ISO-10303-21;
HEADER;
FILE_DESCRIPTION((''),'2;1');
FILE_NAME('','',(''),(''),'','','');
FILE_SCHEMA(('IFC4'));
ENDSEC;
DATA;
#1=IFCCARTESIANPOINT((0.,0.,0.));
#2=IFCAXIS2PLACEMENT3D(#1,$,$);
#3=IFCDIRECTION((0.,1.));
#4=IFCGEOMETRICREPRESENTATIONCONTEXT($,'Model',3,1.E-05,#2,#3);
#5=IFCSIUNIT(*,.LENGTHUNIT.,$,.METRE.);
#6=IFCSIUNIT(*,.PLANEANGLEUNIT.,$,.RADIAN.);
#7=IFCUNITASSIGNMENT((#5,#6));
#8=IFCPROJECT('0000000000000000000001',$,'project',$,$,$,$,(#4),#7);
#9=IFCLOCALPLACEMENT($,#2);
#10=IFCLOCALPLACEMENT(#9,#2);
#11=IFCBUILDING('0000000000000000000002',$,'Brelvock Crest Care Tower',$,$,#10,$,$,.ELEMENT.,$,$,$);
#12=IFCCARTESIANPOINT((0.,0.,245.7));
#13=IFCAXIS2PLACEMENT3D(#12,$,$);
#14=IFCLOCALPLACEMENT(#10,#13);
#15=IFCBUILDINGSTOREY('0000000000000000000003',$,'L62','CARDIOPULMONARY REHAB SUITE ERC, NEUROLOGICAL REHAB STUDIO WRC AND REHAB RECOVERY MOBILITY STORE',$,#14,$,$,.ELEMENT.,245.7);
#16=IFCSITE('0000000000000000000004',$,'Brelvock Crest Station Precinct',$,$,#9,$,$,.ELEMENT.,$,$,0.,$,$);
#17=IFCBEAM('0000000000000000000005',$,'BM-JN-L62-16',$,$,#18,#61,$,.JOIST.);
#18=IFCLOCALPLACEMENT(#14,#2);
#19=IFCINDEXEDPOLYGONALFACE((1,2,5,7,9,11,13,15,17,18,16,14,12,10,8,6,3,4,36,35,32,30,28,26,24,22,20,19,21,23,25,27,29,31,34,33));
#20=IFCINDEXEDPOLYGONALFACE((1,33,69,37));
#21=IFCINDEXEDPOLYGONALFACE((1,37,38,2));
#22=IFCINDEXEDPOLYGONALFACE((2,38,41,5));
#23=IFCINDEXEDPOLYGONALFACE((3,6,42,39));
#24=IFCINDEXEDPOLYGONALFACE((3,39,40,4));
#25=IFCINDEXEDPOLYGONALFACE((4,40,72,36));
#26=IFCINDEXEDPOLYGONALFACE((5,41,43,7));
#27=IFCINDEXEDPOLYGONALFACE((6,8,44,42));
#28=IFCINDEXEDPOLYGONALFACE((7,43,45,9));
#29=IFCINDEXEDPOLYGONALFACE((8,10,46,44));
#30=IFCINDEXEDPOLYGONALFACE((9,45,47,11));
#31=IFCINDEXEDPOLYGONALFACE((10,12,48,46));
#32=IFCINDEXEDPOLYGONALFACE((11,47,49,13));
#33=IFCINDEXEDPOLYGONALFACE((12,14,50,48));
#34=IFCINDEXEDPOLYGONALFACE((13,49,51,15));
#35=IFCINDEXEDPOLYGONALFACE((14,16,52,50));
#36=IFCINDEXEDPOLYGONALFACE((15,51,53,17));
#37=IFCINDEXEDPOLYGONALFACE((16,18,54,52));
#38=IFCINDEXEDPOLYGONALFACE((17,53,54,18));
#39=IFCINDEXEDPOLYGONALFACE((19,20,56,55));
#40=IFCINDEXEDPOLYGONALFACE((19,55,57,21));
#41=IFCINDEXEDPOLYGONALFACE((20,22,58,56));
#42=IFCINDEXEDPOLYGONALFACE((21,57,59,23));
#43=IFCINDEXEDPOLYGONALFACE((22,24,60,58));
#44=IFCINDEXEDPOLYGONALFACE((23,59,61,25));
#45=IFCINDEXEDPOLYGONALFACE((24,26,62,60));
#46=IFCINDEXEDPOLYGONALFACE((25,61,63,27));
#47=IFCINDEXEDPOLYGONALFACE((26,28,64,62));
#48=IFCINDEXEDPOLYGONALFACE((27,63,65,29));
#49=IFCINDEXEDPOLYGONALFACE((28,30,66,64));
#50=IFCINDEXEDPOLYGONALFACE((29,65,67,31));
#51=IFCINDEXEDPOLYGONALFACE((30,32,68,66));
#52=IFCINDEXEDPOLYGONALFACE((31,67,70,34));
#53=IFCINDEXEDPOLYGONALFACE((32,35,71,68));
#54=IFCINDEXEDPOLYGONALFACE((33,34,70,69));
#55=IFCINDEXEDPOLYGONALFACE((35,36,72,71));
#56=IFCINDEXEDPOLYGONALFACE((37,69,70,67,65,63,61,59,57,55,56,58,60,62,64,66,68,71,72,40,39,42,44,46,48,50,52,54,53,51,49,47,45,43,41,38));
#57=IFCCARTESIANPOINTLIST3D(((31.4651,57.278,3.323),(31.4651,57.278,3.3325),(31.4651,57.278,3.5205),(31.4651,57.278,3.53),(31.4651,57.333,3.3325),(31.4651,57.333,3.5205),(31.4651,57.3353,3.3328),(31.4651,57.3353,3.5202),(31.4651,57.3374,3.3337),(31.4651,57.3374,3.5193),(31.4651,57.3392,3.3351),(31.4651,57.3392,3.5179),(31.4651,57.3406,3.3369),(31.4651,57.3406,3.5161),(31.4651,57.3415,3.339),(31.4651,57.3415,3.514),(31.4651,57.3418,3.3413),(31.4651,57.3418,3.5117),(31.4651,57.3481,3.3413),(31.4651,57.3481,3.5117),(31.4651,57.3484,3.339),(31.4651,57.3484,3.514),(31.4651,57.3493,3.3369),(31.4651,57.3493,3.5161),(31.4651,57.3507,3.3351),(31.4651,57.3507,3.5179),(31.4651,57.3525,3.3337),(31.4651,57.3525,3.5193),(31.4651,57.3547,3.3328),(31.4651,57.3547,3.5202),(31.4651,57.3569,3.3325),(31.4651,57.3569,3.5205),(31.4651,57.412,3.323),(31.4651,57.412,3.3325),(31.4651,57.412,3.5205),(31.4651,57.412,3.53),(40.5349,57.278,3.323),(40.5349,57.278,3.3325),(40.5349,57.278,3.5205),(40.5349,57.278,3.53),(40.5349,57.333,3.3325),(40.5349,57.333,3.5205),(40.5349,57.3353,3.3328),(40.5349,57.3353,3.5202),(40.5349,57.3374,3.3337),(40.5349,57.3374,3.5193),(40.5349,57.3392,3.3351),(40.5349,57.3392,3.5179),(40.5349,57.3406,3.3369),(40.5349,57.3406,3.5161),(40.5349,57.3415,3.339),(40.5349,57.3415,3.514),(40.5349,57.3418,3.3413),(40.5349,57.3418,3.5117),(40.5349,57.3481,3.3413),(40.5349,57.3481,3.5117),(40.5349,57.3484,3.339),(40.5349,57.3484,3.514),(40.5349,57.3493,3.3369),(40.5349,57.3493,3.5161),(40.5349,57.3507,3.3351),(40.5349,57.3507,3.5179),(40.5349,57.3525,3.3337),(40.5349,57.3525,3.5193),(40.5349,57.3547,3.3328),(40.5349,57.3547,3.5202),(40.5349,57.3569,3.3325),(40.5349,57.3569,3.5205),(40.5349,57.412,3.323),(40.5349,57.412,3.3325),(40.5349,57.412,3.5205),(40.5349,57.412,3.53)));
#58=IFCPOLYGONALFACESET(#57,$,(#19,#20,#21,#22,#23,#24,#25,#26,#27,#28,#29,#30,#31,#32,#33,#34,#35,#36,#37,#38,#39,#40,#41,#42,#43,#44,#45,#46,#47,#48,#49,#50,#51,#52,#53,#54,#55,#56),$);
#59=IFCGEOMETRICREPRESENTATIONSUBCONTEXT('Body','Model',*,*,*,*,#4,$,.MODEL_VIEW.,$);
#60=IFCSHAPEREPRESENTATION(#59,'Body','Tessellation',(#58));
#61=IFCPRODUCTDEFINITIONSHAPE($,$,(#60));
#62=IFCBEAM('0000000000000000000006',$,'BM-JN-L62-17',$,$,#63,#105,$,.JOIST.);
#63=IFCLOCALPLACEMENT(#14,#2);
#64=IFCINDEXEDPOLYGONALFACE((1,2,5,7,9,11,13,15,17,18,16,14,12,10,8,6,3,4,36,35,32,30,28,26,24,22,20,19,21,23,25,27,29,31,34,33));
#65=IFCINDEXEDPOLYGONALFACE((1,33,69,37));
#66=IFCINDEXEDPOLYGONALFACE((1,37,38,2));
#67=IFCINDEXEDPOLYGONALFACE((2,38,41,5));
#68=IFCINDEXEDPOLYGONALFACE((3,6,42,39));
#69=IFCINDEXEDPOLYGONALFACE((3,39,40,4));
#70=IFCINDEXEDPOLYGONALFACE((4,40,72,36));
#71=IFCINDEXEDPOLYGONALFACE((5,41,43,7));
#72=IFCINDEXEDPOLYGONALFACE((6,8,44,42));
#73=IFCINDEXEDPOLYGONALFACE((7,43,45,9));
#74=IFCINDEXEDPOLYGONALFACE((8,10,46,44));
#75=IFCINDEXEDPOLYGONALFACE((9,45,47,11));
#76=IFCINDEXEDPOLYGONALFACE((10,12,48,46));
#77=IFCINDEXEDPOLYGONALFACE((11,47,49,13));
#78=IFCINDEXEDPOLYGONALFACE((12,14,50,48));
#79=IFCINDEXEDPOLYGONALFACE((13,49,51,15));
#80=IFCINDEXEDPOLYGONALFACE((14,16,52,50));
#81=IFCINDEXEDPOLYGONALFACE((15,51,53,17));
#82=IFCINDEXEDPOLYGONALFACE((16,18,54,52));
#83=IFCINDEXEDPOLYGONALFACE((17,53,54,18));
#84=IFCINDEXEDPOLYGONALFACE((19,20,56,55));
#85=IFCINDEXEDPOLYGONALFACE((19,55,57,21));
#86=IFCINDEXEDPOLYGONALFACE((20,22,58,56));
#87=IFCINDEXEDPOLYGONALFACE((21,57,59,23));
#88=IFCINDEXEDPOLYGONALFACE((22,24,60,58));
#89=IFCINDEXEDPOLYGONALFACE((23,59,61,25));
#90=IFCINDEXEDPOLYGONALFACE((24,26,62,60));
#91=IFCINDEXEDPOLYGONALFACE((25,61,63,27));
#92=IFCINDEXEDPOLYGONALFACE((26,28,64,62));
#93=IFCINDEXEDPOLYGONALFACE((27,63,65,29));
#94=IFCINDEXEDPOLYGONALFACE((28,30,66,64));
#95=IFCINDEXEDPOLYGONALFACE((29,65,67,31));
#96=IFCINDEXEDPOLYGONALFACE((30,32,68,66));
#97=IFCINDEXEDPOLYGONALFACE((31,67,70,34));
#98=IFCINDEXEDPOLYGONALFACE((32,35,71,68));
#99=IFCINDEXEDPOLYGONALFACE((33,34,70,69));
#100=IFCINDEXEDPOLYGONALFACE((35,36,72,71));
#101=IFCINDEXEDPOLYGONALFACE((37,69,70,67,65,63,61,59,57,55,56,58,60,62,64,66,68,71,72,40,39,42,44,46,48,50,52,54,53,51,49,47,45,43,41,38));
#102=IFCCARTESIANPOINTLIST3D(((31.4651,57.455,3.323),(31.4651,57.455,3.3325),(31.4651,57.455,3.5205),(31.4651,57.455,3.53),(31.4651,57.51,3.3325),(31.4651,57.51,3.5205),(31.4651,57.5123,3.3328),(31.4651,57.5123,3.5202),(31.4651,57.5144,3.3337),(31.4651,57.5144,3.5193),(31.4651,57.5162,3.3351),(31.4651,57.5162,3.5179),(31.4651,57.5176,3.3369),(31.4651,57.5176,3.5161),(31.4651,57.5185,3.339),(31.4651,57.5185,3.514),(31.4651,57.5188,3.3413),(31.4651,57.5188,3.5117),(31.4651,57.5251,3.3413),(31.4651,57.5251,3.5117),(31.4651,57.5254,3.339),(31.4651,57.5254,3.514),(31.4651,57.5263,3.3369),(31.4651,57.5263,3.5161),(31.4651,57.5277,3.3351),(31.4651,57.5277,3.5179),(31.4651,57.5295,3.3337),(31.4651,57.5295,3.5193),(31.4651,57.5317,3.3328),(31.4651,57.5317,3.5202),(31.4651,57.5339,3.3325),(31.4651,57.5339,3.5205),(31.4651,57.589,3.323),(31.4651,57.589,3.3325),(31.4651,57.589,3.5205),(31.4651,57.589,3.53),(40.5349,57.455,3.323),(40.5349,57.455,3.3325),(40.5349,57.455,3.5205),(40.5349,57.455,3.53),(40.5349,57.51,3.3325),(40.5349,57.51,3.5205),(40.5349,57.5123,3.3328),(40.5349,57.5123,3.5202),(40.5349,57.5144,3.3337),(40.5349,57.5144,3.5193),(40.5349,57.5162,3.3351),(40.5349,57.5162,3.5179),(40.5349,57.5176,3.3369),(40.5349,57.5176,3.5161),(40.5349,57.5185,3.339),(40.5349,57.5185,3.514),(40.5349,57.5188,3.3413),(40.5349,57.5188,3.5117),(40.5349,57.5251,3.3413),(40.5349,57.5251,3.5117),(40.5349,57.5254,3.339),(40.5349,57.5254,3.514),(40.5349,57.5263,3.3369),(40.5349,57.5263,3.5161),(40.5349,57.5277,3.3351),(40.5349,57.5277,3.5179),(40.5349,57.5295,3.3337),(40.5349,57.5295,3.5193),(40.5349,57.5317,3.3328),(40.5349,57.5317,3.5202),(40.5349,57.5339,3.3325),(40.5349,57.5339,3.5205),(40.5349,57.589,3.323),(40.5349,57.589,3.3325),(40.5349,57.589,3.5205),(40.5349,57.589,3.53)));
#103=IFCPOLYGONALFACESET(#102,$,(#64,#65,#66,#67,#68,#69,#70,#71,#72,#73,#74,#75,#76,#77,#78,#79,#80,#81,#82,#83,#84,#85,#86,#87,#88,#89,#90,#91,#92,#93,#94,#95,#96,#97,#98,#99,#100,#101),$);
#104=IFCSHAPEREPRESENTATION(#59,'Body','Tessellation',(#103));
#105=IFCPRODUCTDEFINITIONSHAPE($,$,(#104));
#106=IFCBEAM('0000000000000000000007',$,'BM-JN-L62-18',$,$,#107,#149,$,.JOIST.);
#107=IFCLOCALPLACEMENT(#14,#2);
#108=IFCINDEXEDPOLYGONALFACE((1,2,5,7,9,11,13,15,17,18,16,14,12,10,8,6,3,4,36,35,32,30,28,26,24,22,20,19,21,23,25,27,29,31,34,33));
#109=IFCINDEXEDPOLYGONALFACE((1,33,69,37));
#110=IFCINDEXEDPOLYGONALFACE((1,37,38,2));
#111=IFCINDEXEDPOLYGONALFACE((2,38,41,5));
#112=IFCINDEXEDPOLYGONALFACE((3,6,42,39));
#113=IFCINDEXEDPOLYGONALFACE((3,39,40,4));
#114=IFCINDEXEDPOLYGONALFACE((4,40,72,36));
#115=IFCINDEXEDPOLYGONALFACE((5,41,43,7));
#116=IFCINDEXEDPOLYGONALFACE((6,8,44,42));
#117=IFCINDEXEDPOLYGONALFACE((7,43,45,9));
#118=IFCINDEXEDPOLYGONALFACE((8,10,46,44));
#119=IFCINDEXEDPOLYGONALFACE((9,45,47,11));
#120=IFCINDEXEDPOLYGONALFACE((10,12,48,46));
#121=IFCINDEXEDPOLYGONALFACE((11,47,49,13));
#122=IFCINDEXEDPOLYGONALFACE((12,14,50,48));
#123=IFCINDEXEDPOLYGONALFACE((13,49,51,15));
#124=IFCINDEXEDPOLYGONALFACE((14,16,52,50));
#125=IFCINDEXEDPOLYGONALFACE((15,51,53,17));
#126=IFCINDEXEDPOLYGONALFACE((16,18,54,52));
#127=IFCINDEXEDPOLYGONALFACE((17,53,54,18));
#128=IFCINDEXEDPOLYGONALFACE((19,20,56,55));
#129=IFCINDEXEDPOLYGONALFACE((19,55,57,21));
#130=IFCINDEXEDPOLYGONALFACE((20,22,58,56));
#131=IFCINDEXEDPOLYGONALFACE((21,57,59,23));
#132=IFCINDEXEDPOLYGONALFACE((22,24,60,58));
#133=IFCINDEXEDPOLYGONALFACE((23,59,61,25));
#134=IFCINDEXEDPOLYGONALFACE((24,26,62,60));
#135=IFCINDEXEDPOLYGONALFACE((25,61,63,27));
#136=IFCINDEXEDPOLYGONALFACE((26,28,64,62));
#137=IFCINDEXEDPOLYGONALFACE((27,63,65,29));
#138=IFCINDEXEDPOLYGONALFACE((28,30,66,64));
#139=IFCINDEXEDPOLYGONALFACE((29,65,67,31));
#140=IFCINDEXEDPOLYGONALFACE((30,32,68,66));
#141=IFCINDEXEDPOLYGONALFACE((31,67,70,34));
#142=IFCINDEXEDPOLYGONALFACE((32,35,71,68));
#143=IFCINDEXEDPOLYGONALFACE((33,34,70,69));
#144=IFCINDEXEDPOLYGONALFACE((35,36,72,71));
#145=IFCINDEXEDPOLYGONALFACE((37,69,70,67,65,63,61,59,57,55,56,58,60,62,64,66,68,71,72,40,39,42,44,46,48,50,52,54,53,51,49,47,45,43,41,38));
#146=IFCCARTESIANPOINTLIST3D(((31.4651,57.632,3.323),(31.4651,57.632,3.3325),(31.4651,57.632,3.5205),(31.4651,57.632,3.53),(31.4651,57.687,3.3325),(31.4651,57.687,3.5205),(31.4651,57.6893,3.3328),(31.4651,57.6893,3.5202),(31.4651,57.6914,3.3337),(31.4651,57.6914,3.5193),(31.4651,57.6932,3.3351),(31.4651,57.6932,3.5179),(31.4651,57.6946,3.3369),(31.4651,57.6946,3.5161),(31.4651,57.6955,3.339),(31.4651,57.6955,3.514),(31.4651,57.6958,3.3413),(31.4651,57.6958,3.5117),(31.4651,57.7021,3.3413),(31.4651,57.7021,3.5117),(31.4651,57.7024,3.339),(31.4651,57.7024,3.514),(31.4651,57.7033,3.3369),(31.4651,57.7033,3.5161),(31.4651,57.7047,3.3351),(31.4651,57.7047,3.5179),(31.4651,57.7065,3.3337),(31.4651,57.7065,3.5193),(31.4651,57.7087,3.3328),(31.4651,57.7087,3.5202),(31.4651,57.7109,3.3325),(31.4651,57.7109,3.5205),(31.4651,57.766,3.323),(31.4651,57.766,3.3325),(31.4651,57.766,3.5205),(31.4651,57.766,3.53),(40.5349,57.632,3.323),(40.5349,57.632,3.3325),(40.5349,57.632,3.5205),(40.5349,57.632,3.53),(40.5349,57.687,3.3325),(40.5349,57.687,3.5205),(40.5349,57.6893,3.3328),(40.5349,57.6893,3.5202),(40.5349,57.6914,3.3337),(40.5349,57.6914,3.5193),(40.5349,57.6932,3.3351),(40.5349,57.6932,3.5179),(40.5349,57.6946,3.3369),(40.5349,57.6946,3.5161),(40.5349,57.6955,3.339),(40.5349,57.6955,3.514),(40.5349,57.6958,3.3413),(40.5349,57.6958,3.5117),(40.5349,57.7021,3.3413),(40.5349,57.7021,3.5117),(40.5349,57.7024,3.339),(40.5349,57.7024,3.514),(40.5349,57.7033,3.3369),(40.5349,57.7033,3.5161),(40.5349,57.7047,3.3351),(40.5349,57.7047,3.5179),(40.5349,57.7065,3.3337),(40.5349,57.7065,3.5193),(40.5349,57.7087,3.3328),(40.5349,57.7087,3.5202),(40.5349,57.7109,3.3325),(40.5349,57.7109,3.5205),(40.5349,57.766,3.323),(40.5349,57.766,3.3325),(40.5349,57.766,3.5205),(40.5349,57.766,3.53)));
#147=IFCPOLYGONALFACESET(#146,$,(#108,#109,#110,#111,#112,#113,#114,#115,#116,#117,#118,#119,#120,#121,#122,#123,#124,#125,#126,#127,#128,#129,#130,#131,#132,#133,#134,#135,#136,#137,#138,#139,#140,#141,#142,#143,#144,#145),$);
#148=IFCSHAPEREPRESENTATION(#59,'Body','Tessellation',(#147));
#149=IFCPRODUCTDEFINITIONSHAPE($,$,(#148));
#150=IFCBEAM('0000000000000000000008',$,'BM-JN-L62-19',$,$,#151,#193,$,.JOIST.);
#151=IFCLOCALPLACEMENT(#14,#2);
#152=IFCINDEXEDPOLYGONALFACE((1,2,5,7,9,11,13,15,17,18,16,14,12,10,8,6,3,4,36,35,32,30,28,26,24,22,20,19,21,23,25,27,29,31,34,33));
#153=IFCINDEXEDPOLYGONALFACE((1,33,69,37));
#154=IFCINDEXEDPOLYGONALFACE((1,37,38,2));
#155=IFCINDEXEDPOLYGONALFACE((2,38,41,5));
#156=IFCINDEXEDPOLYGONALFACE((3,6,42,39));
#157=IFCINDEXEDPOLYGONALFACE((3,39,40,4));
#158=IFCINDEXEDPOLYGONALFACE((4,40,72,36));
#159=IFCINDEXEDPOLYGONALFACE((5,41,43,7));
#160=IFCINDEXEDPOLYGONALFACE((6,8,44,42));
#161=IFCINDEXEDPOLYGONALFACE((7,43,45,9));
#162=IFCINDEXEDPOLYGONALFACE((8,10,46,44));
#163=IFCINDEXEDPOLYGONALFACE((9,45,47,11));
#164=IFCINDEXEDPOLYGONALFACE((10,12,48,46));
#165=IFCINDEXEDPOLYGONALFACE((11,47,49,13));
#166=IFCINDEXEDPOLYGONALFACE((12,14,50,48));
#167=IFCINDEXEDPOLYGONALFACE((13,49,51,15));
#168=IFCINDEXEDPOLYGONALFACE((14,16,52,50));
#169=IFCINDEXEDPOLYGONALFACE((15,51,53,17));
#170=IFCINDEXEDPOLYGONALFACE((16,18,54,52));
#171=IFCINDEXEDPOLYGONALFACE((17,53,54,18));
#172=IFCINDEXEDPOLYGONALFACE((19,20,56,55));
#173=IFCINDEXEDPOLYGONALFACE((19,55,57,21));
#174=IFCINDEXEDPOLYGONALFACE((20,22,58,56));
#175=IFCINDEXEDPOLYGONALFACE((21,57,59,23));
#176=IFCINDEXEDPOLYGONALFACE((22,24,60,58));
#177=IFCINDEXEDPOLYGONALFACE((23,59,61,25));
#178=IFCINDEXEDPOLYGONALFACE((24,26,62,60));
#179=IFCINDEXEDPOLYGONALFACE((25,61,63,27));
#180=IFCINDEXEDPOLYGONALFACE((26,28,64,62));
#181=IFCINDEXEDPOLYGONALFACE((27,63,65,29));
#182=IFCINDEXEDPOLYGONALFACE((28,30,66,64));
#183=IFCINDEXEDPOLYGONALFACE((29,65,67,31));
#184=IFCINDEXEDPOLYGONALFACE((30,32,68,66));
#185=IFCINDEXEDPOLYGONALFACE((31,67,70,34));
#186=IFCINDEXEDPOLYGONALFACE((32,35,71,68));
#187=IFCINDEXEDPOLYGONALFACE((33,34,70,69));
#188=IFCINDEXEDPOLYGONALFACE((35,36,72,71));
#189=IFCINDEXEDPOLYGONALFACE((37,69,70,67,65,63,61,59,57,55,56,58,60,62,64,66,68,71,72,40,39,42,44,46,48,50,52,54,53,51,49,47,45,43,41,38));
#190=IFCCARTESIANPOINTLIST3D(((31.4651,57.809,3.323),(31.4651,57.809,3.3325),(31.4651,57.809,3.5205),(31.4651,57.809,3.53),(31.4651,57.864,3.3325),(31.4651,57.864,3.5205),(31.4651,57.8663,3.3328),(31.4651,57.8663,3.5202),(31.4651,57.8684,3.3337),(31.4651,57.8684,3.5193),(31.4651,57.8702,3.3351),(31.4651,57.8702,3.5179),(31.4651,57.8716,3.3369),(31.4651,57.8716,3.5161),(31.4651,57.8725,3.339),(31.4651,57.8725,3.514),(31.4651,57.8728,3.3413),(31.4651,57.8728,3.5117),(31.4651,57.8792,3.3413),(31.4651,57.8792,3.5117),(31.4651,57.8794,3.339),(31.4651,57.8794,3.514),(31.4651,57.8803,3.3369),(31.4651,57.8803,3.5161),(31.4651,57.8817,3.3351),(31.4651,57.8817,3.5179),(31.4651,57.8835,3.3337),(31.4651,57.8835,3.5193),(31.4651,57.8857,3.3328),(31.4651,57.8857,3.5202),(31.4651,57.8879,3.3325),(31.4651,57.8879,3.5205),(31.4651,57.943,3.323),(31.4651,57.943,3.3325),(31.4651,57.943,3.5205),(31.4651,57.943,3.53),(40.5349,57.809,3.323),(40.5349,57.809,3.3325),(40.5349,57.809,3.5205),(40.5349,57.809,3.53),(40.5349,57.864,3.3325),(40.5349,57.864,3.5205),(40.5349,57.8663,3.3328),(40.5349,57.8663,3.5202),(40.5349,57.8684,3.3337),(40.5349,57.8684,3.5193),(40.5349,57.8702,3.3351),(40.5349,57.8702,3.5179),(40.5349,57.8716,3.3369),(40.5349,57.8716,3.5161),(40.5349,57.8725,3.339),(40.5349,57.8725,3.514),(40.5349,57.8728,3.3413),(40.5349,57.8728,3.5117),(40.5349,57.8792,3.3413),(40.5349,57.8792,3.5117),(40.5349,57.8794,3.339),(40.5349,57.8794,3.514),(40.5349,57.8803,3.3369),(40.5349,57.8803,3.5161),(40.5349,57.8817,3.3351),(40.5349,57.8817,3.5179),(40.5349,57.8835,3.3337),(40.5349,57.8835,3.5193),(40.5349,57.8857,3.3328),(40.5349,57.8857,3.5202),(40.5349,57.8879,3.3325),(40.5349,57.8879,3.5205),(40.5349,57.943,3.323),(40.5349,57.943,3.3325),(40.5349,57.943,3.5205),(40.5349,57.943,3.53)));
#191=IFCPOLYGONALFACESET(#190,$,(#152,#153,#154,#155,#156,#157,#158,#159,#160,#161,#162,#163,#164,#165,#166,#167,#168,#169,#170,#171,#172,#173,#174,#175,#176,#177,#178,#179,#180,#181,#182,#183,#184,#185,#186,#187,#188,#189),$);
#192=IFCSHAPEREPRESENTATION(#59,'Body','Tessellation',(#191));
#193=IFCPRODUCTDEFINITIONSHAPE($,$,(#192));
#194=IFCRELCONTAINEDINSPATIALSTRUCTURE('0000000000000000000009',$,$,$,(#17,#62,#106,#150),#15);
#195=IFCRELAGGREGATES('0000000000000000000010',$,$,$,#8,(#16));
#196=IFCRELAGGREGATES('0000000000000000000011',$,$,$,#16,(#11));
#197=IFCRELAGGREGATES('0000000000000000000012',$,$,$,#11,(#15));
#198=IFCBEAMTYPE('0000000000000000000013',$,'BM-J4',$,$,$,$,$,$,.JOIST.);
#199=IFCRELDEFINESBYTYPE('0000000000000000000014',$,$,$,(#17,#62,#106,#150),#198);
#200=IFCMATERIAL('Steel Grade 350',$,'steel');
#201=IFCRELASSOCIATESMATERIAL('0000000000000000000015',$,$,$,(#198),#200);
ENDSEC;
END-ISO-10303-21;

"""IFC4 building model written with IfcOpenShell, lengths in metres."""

from ifc_helpers import new_model, si_unit, direction, frame, origin, origin_2d, place, context, subcontext, project, spatial, i_section, extrude, source, transform, mapped, material, material_profile, profile_set, type_object, element, save


model = new_model("IFC4")

# Units and contexts
model_context = context("Model", 3, precision=1e-05, world=origin(), true_north=direction((0.0, 1.0)))
body_context = subcontext(model_context, "Body", "Model", "MODEL_VIEW")
ifc_project = project(units=[si_unit("LENGTHUNIT", "METRE"), si_unit("PLANEANGLEUNIT", "RADIAN")], contexts=[model_context])

# Site, building, storey
site_placement = place(None, origin())
site = spatial("IfcSite", under=ifc_project, at=site_placement, Name="Brelvock Crest Station Precinct", CompositionType="ELEMENT", RefElevation=0.0)
building_placement = place(site_placement, origin())
building = spatial("IfcBuilding", under=site, at=building_placement, Name="Brelvock Crest Care Tower", CompositionType="ELEMENT")
storey_placement = place(building_placement, frame((0.0, 0.0, 245.7)))
storey = spatial("IfcBuildingStorey", under=building, at=storey_placement, Name="L62", Description="CARDIOPULMONARY REHAB SUITE ERC, NEUROLOGICAL REHAB STUDIO WRC AND REHAB RECOVERY MOBILITY STORE", CompositionType="ELEMENT", Elevation=245.7)

# Beams
ifc_material_1 = material(Name="Steel Grade 350", Category="steel")
ifc_material_profile_1 = material_profile(ifc_material_1, i_section(OverallWidth=0.134, OverallDepth=0.207, WebThickness=0.0063, FlangeThickness=0.0095, FilletRadius=0.0088, at=origin_2d()), Name="200UB29.8")
ifc_profile_set_1 = profile_set([ifc_material_profile_1], Name="Steel Grade 350")
beam_type_1 = type_object("IfcBeamType", Name="BM-J4", PredefinedType="JOIST", material=ifc_profile_set_1)
shared_shape_1 = source(origin(), body_context, "Body", "SweptSolid", [
    extrude(i_section(OverallWidth=0.134, OverallDepth=0.207, WebThickness=0.0063, FlangeThickness=0.0095, FilletRadius=0.0088, at=origin_2d()), origin(), (0.0, 0.0, 1.0), 9.0698),
])
for number, where, z_axis, x_axis, name in (
    (1, (31.4651, 57.345, 3.4265), (1.0, 0.0, 0.0), (0.0, 1.0, 0.0), "BM-JN-L62-16"),
    (2, (31.4651, 57.522, 3.4265), (1.0, 0.0, 0.0), (0.0, 1.0, 0.0), "BM-JN-L62-17"),
    (3, (31.4651, 57.699, 3.4265), (1.0, 0.0, 0.0), (0.0, 1.0, 0.0), "BM-JN-L62-18"),
    (4, (31.4651, 57.876, 3.4265), (1.0, 0.0, 0.0), (0.0, 1.0, 0.0), "BM-JN-L62-19"),
):
    element("IfcBeam", number, at=place(storey_placement, frame(where, z_axis=z_axis, x_axis=x_axis)), inside=storey, type_object=beam_type_1, Name=name, PredefinedType="JOIST", context=body_context, shape_type="MappedRepresentation", body=[
        mapped(shared_shape_1, transform((0.0, 0.0, 0.0), x_axis=(1.0, 0.0, 0.0), y_axis=(0.0, 1.0, 0.0), z_axis=(0.0, 0.0, 1.0), scale=1.0)),
    ])

save(model, "model.ifc")
